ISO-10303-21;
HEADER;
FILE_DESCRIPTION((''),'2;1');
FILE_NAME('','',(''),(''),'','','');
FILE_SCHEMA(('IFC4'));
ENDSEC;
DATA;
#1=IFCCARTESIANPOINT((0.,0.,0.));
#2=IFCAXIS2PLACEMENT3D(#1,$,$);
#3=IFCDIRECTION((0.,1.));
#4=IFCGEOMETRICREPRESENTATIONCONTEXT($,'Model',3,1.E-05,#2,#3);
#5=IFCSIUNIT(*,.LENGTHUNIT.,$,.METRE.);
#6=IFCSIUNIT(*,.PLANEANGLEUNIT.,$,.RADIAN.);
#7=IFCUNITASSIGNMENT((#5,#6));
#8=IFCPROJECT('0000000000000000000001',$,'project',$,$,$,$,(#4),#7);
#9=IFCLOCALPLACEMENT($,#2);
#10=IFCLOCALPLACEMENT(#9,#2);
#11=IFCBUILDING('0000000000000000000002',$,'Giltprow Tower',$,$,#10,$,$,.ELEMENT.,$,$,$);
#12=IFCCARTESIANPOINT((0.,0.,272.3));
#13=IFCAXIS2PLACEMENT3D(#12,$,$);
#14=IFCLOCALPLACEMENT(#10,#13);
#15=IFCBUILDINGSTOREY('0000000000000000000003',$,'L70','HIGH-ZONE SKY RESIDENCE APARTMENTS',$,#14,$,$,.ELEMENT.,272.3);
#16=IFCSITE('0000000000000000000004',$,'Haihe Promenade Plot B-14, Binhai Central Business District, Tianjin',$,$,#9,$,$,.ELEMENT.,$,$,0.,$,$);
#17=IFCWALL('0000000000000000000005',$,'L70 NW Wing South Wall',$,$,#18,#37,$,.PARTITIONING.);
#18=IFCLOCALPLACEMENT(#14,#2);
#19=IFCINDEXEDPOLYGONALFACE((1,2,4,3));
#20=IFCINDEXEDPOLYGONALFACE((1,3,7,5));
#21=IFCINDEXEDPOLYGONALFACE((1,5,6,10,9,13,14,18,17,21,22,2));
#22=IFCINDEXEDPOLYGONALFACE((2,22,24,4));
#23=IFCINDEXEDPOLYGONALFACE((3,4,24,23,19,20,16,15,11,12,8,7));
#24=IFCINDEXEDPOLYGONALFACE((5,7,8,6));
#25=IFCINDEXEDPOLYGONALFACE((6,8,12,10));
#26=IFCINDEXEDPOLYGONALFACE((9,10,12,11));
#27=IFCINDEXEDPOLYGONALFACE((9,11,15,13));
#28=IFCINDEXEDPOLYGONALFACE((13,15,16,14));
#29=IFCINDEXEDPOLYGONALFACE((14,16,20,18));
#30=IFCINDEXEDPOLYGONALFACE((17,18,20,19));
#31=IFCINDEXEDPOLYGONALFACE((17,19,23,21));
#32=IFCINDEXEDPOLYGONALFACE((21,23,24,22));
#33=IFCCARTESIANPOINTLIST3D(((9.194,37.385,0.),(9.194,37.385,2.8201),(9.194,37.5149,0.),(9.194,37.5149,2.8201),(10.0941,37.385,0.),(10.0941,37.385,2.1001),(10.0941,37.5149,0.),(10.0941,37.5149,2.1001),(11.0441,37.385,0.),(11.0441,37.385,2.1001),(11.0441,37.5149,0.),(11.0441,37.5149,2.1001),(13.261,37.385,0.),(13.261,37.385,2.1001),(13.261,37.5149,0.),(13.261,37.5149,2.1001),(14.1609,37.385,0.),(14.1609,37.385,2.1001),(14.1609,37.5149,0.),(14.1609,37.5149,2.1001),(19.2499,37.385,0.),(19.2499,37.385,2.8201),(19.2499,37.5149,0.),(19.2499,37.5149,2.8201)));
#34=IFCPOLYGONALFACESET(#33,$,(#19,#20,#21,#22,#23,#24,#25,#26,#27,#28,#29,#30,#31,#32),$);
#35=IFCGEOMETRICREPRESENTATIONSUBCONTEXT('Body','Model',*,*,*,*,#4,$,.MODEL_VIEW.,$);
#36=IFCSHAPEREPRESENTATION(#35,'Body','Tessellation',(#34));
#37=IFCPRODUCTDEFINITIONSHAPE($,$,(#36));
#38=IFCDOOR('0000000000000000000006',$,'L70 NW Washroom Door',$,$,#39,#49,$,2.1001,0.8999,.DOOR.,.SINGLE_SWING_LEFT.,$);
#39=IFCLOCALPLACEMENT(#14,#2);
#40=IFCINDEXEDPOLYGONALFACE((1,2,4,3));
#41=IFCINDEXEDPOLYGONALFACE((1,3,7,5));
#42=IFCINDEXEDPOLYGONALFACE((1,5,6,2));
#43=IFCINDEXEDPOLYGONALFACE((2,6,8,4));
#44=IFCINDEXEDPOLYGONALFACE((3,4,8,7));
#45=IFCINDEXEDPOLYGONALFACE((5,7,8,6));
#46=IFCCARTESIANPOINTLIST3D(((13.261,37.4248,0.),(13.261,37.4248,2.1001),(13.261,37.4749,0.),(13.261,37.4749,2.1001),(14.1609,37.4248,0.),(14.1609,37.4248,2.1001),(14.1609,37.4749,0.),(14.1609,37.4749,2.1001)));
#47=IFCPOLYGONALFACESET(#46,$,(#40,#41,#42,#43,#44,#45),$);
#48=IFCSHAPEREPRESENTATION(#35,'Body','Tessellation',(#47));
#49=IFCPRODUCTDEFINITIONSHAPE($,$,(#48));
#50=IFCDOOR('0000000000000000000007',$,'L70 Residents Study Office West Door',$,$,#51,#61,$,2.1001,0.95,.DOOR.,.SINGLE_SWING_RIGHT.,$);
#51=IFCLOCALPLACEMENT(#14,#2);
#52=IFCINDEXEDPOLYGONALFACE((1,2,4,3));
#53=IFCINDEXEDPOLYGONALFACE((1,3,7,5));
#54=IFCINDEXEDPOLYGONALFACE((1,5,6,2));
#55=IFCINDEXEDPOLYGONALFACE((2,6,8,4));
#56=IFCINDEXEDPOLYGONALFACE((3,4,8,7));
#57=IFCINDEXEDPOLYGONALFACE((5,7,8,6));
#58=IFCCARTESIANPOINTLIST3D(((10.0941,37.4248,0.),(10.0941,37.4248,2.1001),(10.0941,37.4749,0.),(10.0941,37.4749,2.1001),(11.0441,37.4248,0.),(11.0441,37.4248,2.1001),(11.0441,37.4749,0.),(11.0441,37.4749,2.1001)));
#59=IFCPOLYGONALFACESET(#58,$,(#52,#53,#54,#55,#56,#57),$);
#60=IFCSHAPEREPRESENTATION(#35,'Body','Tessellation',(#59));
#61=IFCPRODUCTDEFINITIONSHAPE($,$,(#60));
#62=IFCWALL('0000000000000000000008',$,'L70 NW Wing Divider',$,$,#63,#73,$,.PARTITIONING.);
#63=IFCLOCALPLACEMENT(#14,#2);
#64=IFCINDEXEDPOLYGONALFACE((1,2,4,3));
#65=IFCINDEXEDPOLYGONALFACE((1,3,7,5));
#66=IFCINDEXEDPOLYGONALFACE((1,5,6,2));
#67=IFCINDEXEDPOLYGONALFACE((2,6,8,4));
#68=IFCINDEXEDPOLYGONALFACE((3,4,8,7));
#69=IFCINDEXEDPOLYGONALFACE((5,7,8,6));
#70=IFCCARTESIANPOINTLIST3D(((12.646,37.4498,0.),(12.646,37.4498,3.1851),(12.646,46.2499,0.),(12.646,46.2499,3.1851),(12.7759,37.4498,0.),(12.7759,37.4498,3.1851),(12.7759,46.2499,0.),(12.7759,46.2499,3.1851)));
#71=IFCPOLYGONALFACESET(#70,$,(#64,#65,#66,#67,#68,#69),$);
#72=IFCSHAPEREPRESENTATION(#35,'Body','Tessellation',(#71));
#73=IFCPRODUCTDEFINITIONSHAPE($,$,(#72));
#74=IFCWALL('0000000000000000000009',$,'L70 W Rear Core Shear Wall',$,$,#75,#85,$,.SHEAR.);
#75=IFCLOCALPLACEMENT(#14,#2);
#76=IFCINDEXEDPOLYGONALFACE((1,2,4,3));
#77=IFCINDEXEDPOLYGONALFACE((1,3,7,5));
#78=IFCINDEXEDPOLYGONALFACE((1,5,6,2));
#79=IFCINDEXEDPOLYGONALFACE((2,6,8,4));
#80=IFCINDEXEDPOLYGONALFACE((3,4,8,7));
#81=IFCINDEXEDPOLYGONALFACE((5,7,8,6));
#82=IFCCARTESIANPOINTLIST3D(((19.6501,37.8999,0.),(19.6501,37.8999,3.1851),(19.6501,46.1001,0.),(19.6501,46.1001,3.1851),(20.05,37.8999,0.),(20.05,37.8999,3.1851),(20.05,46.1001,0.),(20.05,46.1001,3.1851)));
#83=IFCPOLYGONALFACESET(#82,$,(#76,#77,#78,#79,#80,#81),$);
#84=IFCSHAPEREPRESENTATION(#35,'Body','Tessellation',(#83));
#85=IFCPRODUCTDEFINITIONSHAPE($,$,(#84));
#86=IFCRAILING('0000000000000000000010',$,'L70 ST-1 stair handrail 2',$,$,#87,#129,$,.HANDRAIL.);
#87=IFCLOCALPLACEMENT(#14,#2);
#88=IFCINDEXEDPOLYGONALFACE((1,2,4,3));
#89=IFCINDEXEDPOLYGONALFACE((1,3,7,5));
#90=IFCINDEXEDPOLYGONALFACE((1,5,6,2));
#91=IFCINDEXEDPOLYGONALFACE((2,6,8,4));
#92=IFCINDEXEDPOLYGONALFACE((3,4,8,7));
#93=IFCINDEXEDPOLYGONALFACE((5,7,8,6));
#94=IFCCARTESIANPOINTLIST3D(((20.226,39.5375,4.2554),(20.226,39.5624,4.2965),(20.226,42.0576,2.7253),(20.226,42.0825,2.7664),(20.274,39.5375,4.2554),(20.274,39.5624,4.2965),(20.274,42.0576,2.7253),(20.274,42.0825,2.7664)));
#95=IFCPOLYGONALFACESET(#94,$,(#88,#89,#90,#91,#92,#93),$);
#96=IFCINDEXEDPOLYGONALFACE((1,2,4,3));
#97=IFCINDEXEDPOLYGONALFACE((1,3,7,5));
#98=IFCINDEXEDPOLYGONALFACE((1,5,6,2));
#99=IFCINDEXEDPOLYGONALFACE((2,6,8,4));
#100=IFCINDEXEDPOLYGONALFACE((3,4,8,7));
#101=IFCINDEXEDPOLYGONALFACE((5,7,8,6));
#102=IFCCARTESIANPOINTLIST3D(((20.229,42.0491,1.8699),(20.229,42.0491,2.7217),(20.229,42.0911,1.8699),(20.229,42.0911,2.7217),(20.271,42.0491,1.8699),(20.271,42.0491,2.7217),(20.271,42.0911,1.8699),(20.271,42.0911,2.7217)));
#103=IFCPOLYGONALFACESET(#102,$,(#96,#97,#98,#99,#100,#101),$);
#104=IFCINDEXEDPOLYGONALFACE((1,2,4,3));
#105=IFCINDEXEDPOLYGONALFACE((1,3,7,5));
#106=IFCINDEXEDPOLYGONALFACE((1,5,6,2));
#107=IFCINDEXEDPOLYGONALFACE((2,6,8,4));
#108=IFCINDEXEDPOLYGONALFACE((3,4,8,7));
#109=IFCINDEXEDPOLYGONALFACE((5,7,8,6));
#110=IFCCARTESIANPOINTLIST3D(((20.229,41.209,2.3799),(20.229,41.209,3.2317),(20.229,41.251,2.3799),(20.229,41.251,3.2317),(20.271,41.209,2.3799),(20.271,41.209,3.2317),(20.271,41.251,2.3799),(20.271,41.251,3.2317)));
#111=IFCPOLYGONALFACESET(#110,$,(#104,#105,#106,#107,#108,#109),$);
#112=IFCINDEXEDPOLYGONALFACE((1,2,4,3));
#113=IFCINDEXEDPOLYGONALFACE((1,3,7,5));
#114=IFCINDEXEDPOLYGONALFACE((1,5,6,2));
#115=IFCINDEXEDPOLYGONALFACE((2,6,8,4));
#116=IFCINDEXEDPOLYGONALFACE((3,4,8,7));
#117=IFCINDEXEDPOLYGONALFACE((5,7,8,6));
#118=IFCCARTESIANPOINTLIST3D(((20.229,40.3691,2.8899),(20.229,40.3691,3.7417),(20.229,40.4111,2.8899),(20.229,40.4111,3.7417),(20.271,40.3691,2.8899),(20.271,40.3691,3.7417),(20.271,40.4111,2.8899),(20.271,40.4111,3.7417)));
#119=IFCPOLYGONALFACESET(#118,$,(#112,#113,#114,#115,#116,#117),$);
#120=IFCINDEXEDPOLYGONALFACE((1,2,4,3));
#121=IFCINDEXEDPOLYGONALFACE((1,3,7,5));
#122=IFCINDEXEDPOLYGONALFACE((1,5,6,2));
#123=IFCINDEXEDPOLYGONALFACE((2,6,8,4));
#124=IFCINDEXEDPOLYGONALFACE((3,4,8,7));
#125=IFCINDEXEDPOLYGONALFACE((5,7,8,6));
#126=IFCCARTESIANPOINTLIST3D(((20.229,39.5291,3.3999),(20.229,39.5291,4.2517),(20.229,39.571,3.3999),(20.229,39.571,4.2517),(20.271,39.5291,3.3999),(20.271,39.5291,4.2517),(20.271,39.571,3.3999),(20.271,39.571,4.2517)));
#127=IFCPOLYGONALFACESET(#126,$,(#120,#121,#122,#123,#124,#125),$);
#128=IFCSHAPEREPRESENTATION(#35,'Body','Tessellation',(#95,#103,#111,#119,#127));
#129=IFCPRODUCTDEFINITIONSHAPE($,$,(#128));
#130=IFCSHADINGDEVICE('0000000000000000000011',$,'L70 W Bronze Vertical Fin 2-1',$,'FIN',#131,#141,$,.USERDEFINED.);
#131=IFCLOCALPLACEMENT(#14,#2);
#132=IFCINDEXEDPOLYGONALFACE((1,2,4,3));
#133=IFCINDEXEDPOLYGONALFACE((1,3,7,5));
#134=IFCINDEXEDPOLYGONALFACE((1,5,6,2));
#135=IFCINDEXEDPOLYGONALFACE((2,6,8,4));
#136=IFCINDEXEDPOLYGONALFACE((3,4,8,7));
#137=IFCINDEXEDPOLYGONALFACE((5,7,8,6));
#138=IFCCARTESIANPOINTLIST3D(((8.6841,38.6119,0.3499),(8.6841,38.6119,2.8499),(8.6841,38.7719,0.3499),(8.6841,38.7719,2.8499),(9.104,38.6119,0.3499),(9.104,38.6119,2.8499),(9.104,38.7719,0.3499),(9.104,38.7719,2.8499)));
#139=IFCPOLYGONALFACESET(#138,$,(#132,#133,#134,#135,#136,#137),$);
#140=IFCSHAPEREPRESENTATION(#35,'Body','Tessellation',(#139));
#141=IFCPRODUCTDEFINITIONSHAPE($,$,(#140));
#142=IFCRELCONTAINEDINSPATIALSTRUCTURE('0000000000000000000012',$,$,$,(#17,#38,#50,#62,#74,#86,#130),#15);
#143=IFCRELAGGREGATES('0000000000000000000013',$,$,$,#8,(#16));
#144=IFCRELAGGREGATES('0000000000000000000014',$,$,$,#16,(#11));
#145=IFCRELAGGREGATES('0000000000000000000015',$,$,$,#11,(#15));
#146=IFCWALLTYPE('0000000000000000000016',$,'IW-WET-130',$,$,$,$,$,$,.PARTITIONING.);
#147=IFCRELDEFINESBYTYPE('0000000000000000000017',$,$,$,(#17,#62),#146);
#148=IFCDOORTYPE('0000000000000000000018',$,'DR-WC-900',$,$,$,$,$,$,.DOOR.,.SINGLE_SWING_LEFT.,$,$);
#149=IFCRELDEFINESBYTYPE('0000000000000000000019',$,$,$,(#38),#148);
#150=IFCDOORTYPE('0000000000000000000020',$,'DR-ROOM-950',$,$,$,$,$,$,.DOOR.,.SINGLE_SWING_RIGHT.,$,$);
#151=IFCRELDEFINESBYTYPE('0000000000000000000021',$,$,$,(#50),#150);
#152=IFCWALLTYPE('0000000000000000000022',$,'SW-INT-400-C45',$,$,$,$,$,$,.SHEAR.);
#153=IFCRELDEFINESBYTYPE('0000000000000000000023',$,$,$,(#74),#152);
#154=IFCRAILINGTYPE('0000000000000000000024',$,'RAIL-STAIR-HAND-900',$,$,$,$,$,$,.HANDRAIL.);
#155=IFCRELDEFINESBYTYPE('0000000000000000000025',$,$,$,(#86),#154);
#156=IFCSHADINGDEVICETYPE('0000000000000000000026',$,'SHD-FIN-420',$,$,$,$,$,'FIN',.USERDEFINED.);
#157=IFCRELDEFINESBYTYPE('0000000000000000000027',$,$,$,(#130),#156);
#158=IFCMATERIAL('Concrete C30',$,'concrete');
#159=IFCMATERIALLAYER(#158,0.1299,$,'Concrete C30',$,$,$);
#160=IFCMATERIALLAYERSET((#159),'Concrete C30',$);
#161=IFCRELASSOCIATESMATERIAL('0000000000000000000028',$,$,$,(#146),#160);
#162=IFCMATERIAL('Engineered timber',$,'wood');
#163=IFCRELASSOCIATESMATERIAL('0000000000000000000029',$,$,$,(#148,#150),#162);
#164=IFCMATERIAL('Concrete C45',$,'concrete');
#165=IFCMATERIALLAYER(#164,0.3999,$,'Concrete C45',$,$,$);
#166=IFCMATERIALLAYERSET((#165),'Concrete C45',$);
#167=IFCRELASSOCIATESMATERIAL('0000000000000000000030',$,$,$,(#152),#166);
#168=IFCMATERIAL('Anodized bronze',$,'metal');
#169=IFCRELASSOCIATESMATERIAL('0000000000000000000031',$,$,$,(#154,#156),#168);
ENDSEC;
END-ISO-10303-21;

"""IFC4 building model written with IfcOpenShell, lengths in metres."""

from ifc_helpers import new_model, si_unit, direction, frame, frame_2d, origin, origin_2d, place, context, subcontext, project, spatial, rectangle, extrude, source, transform, mapped, material, layer, layer_set, type_object, element, fill, save


model = new_model("IFC4")

# Units and contexts
model_context = context("Model", 3, precision=1e-05, world=origin(), true_north=direction((0.0, 1.0)))
body_context = subcontext(model_context, "Body", "Model", "MODEL_VIEW")
ifc_project = project(units=[si_unit("LENGTHUNIT", "METRE"), si_unit("PLANEANGLEUNIT", "RADIAN")], contexts=[model_context])

# Site, building, storey
site_placement = place(None, origin())
site = spatial("IfcSite", under=ifc_project, at=site_placement, Name="Haihe Promenade Plot B-14, Binhai Central Business District, Tianjin", CompositionType="ELEMENT", RefElevation=0.0)
building_placement = place(site_placement, origin())
building = spatial("IfcBuilding", under=site, at=building_placement, Name="Giltprow Tower", CompositionType="ELEMENT")
storey_placement = place(building_placement, frame((0.0, 0.0, 272.3)))
storey = spatial("IfcBuildingStorey", under=building, at=storey_placement, Name="L70", Description="HIGH-ZONE SKY RESIDENCE APARTMENTS", CompositionType="ELEMENT", Elevation=272.3)

# Shared definitions
ifc_material_1 = material(Name="Concrete C45", Category="concrete")

# Shared definitions
ifc_material_2 = material(Name="Engineered timber", Category="wood")

# Wall, openings, doors
ifc_material_3 = material(Name="Concrete C30", Category="concrete")
ifc_layer_1 = layer(ifc_material_3, 0.1299, Name="Concrete C30")
ifc_layer_set_1 = layer_set([ifc_layer_1], Name="Concrete C30")
wall_type_1 = type_object("IfcWallType", Name="IW-WET-130", PredefinedType="PARTITIONING", material=ifc_layer_set_1)
wall_1_placement = place(storey_placement, frame((9.1941, 37.45, 0.0), z_axis=(0.0, 0.0, 1.0), x_axis=(1.0, 0.0, 0.0)))
wall_1 = element("IfcWall", 1, at=wall_1_placement, inside=storey, type_object=wall_type_1, Name="L70 NW Wing South Wall", PredefinedType="PARTITIONING", context=body_context, shape_type="SweptSolid", body=[
    extrude(rectangle(XDim=10.0559, YDim=0.1299, at=frame_2d((5.0278, 0.0))), origin(), (0.0, 0.0, 1.0), 2.8201),
])
opening_1_placement = place(wall_1_placement, frame((0.8999, 0.0, 0.0)))
opening_1 = element("IfcOpeningElement", 2, at=opening_1_placement, cuts=wall_1, PredefinedType="OPENING", context=body_context, shape_type="SweptSolid", body=[
    extrude(rectangle(XDim=0.95, YDim=2.1001, at=frame_2d((0.4751, 1.05))), frame((0.0, 0.075, 0.0), z_axis=(0.0, -1.0, 0.0), x_axis=(1.0, 0.0, 0.0)), (0.0, 0.0, 1.0), 0.1499),
])
opening_2_placement = place(wall_1_placement, frame((4.0669, 0.0, 0.0)))
opening_2 = element("IfcOpeningElement", 3, at=opening_2_placement, cuts=wall_1, PredefinedType="OPENING", context=body_context, shape_type="SweptSolid", body=[
    extrude(rectangle(XDim=0.8999, YDim=2.1001, at=frame_2d((0.45, 1.05))), frame((0.0, 0.075, 0.0), z_axis=(0.0, -1.0, 0.0), x_axis=(1.0, 0.0, 0.0)), (0.0, 0.0, 1.0), 0.1499),
])
door_type_1 = type_object("IfcDoorType", Name="DR-WC-900", OperationType="SINGLE_SWING_LEFT", PredefinedType="DOOR", material=ifc_material_2)
shared_shape_1 = source(origin(), body_context, "Body", "SweptSolid", [
    extrude(rectangle(XDim=0.8999, YDim=2.1001, at=frame_2d((0.45, 1.05))), frame((0.0, 0.0249, 0.0), z_axis=(0.0, -1.0, 0.0), x_axis=(1.0, 0.0, 0.0)), (0.0, 0.0, 1.0), 0.05),
])
door_1_placement = place(opening_2_placement, origin())
door_1 = element("IfcDoor", 4, at=door_1_placement, inside=storey, type_object=door_type_1, Name="L70 NW Washroom Door", OperationType="SINGLE_SWING_LEFT", OverallHeight=2.1001, OverallWidth=0.8999, PredefinedType="DOOR", context=body_context, shape_type="MappedRepresentation", body=[
    mapped(shared_shape_1, transform((0.0, 0.0, 0.0), x_axis=(1.0, 0.0, 0.0), y_axis=(0.0, 1.0, 0.0), z_axis=(0.0, 0.0, 1.0), scale=1.0)),
])
fill(opening_2, door_1)
door_type_2 = type_object("IfcDoorType", Name="DR-ROOM-950", OperationType="SINGLE_SWING_RIGHT", PredefinedType="DOOR", material=ifc_material_2)
shared_shape_2 = source(origin(), body_context, "Body", "SweptSolid", [
    extrude(rectangle(XDim=0.95, YDim=2.1001, at=frame_2d((0.4751, 1.05))), frame((0.0, 0.0249, 0.0), z_axis=(0.0, -1.0, 0.0), x_axis=(1.0, 0.0, 0.0)), (0.0, 0.0, 1.0), 0.05),
])
door_2_placement = place(opening_1_placement, origin())
door_2 = element("IfcDoor", 5, at=door_2_placement, inside=storey, type_object=door_type_2, Name="L70 Residents Study Office West Door", OperationType="SINGLE_SWING_RIGHT", OverallHeight=2.1001, OverallWidth=0.95, PredefinedType="DOOR", context=body_context, shape_type="MappedRepresentation", body=[
    mapped(shared_shape_2, transform((0.0, 0.0, 0.0), x_axis=(1.0, 0.0, 0.0), y_axis=(0.0, 1.0, 0.0), z_axis=(0.0, 0.0, 1.0), scale=1.0)),
])
fill(opening_1, door_2)

# Wall
wall_2_placement = place(storey_placement, frame((12.7109, 37.45, 0.0), z_axis=(0.0, 0.0, 1.0), x_axis=(0.0, 1.0, 0.0)))
element("IfcWall", 6, at=wall_2_placement, inside=storey, type_object=wall_type_1, Name="L70 NW Wing Divider", PredefinedType="PARTITIONING", context=body_context, shape_type="SweptSolid", body=[
    extrude(rectangle(XDim=8.8, YDim=0.1299, at=frame_2d((4.3999, 0.0))), origin(), (0.0, 0.0, 1.0), 3.1851),
])

# Shared definitions
ifc_layer_2 = layer(ifc_material_1, 0.3999, Name="Concrete C45")
ifc_layer_set_2 = layer_set([ifc_layer_2], Name="Concrete C45")
wall_type_2 = type_object("IfcWallType", Name="SW-INT-400-C45", PredefinedType="SHEAR", material=ifc_layer_set_2)

# Wall
wall_3_placement = place(storey_placement, frame((19.8501, 37.8999, 0.0), z_axis=(0.0, 0.0, 1.0), x_axis=(0.0, 1.0, 0.0)))
element("IfcWall", 7, at=wall_3_placement, inside=storey, type_object=wall_type_2, Name="L70 W Rear Core Shear Wall", PredefinedType="SHEAR", context=body_context, shape_type="SweptSolid", body=[
    extrude(rectangle(XDim=8.2002, YDim=0.3999, at=frame_2d((4.1001, 0.0))), origin(), (0.0, 0.0, 1.0), 3.1851),
])

# Railing
ifc_material_4 = material(Name="Anodized bronze", Category="metal")
railing_type = type_object("IfcRailingType", Name="RAIL-STAIR-HAND-900", PredefinedType="HANDRAIL", material=ifc_material_4)
railing_placement = place(storey_placement, frame((20.25, 42.0701, 1.8699)))
element("IfcRailing", 8, at=railing_placement, inside=storey, type_object=railing_type, Name="L70 ST-1 stair handrail 2", PredefinedType="HANDRAIL", context=body_context, shape_type="SweptSolid", body=[
    extrude(rectangle(XDim=0.0481, YDim=0.0481, at=origin_2d()), frame((0.0, 0.0, 0.876), z_axis=(0.0, -0.854785, 0.518982), x_axis=(1.0, 0.0, 0.0)), (0.0, 0.0, 1.0), 2.9482),
    extrude(rectangle(XDim=0.042, YDim=0.042, at=origin_2d()), origin(), (0.0, 0.0, 1.0), 0.8518),
    extrude(rectangle(XDim=0.042, YDim=0.042, at=origin_2d()), frame((0.0, -0.8401, 0.51)), (0.0, 0.0, 1.0), 0.8518),
    extrude(rectangle(XDim=0.042, YDim=0.042, at=origin_2d()), frame((0.0, -1.6799, 1.02)), (0.0, 0.0, 1.0), 0.8518),
    extrude(rectangle(XDim=0.042, YDim=0.042, at=origin_2d()), frame((0.0, -2.52, 1.53)), (0.0, 0.0, 1.0), 0.8518),
])

# Shading device
shading_device_type = type_object("IfcShadingDeviceType", Name="SHD-FIN-420", ElementType="FIN", PredefinedType="USERDEFINED", material=ifc_material_4)
shared_shape_3 = source(origin(), body_context, "Body", "SweptSolid", [
    extrude(rectangle(XDim=0.4199, YDim=0.1599, at=origin_2d()), origin(), (0.0, 0.0, 1.0), 2.5),
])
shading_device_placement = place(storey_placement, frame((8.894, 38.6919, 0.3499), z_axis=(0.0, 0.0, 1.0), x_axis=(1.0, 0.0, 0.0)))
element("IfcShadingDevice", 9, at=shading_device_placement, inside=storey, type_object=shading_device_type, Name="L70 W Bronze Vertical Fin 2-1", ObjectType="FIN", PredefinedType="USERDEFINED", context=body_context, shape_type="MappedRepresentation", body=[
    mapped(shared_shape_3, transform((0.0, 0.0, 0.0), x_axis=(1.0, 0.0, 0.0), y_axis=(0.0, 1.0, 0.0), z_axis=(0.0, 0.0, 1.0), scale=1.0)),
])

save(model, "model.ifc")
